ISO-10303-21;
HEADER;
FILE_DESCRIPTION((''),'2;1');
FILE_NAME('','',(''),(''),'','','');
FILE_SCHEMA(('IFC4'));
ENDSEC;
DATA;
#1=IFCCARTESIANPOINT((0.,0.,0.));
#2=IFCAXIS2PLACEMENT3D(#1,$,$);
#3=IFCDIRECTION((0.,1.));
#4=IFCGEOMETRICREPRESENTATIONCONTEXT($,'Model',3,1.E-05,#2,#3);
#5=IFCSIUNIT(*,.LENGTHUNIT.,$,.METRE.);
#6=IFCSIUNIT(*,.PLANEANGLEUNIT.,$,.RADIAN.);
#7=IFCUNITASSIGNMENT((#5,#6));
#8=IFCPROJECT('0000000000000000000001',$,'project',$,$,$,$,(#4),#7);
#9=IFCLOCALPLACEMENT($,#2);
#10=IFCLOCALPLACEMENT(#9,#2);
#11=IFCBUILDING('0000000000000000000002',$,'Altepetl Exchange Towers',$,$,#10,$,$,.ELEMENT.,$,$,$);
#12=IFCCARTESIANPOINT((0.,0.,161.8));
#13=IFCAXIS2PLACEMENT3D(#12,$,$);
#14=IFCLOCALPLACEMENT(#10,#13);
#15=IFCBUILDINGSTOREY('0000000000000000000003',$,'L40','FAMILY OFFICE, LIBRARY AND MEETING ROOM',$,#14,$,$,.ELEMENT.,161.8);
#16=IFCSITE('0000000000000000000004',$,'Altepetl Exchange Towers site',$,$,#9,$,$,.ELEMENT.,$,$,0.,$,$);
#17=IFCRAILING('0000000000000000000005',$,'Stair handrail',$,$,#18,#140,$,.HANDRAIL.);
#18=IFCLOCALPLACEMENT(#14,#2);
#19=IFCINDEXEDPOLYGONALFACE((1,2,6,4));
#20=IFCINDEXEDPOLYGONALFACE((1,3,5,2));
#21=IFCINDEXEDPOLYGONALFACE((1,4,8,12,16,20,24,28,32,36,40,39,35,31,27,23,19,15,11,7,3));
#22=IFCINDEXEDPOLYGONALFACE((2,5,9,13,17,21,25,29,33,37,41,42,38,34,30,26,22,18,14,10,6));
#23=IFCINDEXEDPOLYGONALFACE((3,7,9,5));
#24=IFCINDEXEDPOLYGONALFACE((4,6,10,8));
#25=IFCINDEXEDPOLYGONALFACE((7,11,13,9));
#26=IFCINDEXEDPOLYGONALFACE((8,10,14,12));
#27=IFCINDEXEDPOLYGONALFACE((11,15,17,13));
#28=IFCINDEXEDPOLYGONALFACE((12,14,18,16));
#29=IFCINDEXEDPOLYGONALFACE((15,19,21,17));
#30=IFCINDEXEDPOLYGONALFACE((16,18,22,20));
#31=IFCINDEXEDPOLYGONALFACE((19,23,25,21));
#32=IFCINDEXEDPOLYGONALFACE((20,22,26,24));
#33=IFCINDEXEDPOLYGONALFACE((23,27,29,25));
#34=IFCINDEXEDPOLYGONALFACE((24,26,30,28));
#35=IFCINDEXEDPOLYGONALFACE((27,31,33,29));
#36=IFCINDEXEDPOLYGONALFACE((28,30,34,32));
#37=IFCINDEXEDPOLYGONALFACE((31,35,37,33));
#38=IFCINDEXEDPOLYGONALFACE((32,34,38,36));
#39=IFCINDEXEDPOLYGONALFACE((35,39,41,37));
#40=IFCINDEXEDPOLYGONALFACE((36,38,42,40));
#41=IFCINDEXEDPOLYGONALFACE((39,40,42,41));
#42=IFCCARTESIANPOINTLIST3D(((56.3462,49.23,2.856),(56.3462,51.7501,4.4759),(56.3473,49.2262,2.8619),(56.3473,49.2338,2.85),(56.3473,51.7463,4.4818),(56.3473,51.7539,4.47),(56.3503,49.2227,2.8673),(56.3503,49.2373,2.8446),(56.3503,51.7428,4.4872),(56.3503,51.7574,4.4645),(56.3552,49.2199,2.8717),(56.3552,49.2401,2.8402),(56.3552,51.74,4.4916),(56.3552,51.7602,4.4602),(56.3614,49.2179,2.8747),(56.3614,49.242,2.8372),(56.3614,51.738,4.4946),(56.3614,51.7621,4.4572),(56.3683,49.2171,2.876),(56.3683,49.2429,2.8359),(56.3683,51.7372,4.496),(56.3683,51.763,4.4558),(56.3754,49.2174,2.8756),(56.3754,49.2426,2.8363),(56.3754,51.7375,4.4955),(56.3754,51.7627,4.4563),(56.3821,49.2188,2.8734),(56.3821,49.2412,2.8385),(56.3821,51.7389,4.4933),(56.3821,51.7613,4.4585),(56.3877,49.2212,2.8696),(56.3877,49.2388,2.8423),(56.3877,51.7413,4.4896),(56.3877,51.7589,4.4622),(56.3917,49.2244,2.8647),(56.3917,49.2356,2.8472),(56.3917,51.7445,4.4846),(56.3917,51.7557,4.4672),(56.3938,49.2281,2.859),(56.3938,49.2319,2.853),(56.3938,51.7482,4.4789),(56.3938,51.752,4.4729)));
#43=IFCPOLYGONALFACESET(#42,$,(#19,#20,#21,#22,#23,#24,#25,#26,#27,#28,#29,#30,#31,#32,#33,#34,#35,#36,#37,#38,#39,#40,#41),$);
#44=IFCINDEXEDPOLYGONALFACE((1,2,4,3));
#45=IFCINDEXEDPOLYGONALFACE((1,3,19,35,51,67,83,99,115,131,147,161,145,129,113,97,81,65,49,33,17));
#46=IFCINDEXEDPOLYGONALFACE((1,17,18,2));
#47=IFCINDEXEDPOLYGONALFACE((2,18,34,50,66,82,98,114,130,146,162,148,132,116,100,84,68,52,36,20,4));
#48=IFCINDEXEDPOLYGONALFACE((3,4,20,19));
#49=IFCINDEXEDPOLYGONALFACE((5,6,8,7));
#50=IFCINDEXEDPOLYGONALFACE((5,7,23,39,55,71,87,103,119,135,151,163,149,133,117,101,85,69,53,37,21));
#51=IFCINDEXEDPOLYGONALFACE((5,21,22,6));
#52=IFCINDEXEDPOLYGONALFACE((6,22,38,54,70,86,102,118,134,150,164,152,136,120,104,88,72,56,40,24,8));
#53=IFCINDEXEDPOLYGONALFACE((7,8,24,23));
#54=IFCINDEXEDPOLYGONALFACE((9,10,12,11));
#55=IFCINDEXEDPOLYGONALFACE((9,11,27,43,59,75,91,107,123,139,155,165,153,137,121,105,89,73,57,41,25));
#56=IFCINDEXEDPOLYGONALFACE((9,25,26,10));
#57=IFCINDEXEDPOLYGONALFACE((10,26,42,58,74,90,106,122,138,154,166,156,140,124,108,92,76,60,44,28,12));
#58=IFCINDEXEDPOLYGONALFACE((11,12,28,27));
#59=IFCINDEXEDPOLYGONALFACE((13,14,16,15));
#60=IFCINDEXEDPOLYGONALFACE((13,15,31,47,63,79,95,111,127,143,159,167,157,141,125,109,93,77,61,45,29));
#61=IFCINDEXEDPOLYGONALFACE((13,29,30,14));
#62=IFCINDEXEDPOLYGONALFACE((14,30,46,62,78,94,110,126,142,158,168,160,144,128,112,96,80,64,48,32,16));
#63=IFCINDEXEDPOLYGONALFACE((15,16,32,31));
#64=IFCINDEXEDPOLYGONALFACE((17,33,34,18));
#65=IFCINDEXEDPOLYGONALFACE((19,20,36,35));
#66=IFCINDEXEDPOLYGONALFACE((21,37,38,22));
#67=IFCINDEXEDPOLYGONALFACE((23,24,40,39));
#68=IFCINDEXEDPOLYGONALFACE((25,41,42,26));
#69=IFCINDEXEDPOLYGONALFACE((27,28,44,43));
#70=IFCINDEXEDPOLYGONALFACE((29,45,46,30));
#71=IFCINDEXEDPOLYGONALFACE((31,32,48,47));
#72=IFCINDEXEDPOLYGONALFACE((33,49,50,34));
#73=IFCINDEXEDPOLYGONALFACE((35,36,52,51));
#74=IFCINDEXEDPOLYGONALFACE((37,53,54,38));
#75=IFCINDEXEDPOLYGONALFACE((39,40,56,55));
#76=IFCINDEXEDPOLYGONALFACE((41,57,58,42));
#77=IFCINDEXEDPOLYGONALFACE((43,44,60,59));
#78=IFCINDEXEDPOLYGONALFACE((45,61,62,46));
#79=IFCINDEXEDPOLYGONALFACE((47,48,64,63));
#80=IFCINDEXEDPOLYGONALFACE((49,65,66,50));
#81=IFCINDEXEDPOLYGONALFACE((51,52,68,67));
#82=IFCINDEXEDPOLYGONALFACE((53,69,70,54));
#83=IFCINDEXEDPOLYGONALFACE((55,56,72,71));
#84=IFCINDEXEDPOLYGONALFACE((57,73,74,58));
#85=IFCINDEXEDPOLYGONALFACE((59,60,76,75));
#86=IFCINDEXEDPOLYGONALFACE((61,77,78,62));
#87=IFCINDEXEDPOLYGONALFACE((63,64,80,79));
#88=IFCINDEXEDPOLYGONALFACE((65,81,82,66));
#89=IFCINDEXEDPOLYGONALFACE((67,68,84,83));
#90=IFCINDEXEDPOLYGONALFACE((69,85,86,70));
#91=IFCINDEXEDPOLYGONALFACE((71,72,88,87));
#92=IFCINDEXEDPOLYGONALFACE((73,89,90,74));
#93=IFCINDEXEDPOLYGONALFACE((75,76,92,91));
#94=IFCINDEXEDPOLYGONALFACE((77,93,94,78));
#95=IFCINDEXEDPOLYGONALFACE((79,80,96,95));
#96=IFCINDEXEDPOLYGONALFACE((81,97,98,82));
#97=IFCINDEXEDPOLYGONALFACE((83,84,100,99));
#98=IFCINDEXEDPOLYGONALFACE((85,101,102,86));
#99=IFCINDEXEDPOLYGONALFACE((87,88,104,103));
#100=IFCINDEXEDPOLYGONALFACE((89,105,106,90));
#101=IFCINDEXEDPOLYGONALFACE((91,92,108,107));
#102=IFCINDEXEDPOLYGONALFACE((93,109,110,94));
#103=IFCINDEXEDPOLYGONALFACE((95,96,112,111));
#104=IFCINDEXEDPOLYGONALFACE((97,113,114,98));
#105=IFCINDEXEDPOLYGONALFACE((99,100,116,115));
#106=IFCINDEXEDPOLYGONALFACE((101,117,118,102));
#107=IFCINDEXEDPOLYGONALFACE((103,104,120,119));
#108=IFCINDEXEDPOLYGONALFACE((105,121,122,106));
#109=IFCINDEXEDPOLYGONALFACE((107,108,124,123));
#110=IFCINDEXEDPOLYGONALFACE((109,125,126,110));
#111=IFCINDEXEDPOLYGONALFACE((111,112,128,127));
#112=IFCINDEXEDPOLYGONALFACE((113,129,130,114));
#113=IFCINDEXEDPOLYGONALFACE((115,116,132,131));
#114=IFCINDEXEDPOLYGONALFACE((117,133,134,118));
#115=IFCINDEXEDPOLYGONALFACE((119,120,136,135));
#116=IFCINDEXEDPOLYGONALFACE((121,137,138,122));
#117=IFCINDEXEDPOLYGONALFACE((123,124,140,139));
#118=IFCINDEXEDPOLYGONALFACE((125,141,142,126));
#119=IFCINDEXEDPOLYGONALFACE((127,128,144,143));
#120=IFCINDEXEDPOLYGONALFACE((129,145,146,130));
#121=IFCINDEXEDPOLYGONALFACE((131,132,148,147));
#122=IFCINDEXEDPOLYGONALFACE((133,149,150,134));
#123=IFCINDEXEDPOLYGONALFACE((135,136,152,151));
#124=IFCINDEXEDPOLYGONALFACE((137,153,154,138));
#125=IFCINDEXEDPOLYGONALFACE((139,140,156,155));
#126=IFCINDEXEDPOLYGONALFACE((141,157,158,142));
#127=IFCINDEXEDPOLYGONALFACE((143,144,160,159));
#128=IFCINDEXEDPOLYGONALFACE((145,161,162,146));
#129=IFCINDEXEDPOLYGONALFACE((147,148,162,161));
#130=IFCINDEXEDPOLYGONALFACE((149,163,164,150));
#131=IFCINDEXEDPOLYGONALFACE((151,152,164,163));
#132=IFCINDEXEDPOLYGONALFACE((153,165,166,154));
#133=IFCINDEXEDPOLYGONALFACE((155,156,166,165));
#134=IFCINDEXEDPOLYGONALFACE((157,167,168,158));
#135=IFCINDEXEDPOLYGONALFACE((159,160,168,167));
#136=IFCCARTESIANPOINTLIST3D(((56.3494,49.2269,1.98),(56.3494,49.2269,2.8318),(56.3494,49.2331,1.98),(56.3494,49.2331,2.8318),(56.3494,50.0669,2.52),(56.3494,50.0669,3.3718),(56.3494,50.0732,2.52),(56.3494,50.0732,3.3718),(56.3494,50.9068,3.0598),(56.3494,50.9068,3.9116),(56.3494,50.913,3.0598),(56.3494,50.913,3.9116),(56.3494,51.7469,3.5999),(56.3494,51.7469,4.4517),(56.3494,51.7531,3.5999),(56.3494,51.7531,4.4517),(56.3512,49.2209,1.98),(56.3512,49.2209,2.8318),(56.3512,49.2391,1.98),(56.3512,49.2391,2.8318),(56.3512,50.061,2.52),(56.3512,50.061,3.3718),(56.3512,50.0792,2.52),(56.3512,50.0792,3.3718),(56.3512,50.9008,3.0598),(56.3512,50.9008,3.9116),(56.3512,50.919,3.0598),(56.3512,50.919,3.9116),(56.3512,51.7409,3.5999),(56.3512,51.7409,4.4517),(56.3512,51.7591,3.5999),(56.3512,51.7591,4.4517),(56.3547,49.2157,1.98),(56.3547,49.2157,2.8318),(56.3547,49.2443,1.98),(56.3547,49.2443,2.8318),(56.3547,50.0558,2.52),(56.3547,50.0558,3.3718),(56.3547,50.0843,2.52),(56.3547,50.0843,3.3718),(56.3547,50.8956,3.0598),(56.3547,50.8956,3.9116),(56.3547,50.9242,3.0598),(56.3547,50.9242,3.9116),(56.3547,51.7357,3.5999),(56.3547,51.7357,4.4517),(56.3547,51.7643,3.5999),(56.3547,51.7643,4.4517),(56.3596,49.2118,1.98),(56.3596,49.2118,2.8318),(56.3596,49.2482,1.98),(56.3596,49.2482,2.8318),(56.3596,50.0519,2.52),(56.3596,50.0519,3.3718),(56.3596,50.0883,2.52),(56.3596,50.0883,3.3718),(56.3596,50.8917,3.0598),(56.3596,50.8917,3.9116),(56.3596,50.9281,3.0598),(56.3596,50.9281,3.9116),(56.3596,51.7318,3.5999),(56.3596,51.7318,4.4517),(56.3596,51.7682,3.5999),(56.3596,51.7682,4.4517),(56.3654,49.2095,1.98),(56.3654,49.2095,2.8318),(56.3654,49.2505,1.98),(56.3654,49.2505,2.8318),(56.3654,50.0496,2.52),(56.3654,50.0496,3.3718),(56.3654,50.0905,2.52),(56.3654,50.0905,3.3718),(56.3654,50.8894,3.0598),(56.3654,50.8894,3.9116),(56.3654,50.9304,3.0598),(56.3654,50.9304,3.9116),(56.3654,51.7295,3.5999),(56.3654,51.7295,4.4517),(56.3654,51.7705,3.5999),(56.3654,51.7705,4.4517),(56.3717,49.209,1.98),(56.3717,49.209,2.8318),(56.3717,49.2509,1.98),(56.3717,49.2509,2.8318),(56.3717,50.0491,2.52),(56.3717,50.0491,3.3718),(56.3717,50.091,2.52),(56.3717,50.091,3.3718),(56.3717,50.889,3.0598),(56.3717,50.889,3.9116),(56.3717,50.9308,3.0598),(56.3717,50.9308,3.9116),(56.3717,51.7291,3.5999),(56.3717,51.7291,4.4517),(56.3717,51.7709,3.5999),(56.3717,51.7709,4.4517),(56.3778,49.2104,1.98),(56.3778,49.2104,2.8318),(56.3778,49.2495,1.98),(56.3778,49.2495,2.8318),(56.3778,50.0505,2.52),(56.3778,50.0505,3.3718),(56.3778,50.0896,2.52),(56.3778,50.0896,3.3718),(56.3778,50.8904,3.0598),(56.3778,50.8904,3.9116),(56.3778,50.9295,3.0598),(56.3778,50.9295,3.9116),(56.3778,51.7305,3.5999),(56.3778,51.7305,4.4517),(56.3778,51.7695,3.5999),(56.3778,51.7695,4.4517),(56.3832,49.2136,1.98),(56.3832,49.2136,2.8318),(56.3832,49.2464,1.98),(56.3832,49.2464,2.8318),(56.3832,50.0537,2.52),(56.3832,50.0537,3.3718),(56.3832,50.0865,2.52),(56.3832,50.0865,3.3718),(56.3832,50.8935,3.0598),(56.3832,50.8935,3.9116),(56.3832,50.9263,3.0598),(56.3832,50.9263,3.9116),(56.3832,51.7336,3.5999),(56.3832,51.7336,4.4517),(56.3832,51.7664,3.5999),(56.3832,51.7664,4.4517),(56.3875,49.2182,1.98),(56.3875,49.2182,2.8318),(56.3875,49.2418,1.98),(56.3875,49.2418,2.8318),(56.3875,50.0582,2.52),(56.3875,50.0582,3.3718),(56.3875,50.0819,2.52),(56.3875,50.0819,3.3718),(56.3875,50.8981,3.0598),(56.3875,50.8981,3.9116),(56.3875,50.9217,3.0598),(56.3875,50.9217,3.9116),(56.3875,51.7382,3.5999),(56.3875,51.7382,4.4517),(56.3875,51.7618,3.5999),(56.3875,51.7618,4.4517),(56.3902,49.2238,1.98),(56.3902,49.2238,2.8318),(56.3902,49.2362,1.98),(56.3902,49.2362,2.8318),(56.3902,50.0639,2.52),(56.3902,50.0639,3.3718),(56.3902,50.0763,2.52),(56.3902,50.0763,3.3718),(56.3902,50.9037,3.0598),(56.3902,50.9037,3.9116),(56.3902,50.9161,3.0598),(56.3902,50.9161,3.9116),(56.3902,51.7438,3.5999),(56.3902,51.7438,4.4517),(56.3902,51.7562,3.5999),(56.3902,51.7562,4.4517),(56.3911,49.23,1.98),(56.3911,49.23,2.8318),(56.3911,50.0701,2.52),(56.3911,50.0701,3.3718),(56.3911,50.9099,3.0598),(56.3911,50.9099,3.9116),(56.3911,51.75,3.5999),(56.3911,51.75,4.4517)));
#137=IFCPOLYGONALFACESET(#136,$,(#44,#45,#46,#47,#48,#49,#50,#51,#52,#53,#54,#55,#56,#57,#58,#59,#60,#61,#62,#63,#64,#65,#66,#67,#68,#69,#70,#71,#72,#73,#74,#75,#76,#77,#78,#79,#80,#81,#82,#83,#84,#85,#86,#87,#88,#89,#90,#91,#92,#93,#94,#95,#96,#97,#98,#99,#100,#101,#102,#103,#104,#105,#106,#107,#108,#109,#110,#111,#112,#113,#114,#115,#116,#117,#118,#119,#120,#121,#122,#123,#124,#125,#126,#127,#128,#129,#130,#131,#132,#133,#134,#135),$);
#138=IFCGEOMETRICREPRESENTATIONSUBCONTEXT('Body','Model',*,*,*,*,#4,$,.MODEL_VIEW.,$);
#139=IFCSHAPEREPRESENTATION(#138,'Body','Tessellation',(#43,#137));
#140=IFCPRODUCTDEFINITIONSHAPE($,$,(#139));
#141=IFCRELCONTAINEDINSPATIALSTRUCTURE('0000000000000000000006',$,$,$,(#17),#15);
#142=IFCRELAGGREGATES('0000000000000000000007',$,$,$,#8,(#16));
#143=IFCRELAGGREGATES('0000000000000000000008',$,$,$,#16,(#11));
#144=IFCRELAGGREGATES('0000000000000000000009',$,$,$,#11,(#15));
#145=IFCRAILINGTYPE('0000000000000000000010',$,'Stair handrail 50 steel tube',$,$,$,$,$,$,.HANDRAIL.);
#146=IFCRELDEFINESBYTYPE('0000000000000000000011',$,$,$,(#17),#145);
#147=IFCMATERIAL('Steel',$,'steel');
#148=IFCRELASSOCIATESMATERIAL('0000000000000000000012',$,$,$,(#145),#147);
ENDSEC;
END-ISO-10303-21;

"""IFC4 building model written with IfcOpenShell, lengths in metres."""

from ifc_helpers import new_model, si_unit, direction, frame, origin, origin_2d, place, context, subcontext, project, spatial, circle, extrude, source, transform, mapped, material, type_object, element, save


model = new_model("IFC4")

# Units and contexts
model_context = context("Model", 3, precision=1e-05, world=origin(), true_north=direction((0.0, 1.0)))
body_context = subcontext(model_context, "Body", "Model", "MODEL_VIEW")
ifc_project = project(units=[si_unit("LENGTHUNIT", "METRE"), si_unit("PLANEANGLEUNIT", "RADIAN")], contexts=[model_context])

# Site, building, storey
site_placement = place(None, origin())
site = spatial("IfcSite", under=ifc_project, at=site_placement, Name="Altepetl Exchange Towers site", CompositionType="ELEMENT", RefElevation=0.0)
building_placement = place(site_placement, origin())
building = spatial("IfcBuilding", under=site, at=building_placement, Name="Altepetl Exchange Towers", CompositionType="ELEMENT")
storey_placement = place(building_placement, frame((0.0, 0.0, 161.8)))
storey = spatial("IfcBuildingStorey", under=building, at=storey_placement, Name="L40", Description="FAMILY OFFICE, LIBRARY AND MEETING ROOM", CompositionType="ELEMENT", Elevation=161.8)

# Railing
ifc_material_1 = material(Name="Steel", Category="steel")
railing_type = type_object("IfcRailingType", Name="Stair handrail 50 steel tube", PredefinedType="HANDRAIL", material=ifc_material_1)
shared_shape = source(origin(), body_context, "Body", "SweptSolid", [
    extrude(circle(Radius=0.021, at=origin_2d()), origin(), (0.0, 0.0, 1.0), 0.8518),
])
railing_1_placement = place(storey_placement, frame((56.3701, 49.23, 1.98)))
element("IfcRailing", 1, at=railing_1_placement, inside=storey, type_object=railing_type, Name="Stair handrail", PredefinedType="HANDRAIL", context=body_context, shape_type="SweptSolid", body=[
    extrude(circle(Radius=0.0239, at=origin_2d()), frame((0.0, 0.0, 0.876), z_axis=(0.0, 0.8412, 0.540725), x_axis=(-1.0, 0.0, 0.0)), (0.0, 0.0, 1.0), 2.9958),
    mapped(shared_shape, transform((0.0, 0.0, 0.0))),
    mapped(shared_shape, transform((0.0, 0.8401, 0.54))),
    mapped(shared_shape, transform((0.0, 1.6799, 1.0798))),
    mapped(shared_shape, transform((0.0, 2.52, 1.6199))),
])

save(model, "model.ifc")
